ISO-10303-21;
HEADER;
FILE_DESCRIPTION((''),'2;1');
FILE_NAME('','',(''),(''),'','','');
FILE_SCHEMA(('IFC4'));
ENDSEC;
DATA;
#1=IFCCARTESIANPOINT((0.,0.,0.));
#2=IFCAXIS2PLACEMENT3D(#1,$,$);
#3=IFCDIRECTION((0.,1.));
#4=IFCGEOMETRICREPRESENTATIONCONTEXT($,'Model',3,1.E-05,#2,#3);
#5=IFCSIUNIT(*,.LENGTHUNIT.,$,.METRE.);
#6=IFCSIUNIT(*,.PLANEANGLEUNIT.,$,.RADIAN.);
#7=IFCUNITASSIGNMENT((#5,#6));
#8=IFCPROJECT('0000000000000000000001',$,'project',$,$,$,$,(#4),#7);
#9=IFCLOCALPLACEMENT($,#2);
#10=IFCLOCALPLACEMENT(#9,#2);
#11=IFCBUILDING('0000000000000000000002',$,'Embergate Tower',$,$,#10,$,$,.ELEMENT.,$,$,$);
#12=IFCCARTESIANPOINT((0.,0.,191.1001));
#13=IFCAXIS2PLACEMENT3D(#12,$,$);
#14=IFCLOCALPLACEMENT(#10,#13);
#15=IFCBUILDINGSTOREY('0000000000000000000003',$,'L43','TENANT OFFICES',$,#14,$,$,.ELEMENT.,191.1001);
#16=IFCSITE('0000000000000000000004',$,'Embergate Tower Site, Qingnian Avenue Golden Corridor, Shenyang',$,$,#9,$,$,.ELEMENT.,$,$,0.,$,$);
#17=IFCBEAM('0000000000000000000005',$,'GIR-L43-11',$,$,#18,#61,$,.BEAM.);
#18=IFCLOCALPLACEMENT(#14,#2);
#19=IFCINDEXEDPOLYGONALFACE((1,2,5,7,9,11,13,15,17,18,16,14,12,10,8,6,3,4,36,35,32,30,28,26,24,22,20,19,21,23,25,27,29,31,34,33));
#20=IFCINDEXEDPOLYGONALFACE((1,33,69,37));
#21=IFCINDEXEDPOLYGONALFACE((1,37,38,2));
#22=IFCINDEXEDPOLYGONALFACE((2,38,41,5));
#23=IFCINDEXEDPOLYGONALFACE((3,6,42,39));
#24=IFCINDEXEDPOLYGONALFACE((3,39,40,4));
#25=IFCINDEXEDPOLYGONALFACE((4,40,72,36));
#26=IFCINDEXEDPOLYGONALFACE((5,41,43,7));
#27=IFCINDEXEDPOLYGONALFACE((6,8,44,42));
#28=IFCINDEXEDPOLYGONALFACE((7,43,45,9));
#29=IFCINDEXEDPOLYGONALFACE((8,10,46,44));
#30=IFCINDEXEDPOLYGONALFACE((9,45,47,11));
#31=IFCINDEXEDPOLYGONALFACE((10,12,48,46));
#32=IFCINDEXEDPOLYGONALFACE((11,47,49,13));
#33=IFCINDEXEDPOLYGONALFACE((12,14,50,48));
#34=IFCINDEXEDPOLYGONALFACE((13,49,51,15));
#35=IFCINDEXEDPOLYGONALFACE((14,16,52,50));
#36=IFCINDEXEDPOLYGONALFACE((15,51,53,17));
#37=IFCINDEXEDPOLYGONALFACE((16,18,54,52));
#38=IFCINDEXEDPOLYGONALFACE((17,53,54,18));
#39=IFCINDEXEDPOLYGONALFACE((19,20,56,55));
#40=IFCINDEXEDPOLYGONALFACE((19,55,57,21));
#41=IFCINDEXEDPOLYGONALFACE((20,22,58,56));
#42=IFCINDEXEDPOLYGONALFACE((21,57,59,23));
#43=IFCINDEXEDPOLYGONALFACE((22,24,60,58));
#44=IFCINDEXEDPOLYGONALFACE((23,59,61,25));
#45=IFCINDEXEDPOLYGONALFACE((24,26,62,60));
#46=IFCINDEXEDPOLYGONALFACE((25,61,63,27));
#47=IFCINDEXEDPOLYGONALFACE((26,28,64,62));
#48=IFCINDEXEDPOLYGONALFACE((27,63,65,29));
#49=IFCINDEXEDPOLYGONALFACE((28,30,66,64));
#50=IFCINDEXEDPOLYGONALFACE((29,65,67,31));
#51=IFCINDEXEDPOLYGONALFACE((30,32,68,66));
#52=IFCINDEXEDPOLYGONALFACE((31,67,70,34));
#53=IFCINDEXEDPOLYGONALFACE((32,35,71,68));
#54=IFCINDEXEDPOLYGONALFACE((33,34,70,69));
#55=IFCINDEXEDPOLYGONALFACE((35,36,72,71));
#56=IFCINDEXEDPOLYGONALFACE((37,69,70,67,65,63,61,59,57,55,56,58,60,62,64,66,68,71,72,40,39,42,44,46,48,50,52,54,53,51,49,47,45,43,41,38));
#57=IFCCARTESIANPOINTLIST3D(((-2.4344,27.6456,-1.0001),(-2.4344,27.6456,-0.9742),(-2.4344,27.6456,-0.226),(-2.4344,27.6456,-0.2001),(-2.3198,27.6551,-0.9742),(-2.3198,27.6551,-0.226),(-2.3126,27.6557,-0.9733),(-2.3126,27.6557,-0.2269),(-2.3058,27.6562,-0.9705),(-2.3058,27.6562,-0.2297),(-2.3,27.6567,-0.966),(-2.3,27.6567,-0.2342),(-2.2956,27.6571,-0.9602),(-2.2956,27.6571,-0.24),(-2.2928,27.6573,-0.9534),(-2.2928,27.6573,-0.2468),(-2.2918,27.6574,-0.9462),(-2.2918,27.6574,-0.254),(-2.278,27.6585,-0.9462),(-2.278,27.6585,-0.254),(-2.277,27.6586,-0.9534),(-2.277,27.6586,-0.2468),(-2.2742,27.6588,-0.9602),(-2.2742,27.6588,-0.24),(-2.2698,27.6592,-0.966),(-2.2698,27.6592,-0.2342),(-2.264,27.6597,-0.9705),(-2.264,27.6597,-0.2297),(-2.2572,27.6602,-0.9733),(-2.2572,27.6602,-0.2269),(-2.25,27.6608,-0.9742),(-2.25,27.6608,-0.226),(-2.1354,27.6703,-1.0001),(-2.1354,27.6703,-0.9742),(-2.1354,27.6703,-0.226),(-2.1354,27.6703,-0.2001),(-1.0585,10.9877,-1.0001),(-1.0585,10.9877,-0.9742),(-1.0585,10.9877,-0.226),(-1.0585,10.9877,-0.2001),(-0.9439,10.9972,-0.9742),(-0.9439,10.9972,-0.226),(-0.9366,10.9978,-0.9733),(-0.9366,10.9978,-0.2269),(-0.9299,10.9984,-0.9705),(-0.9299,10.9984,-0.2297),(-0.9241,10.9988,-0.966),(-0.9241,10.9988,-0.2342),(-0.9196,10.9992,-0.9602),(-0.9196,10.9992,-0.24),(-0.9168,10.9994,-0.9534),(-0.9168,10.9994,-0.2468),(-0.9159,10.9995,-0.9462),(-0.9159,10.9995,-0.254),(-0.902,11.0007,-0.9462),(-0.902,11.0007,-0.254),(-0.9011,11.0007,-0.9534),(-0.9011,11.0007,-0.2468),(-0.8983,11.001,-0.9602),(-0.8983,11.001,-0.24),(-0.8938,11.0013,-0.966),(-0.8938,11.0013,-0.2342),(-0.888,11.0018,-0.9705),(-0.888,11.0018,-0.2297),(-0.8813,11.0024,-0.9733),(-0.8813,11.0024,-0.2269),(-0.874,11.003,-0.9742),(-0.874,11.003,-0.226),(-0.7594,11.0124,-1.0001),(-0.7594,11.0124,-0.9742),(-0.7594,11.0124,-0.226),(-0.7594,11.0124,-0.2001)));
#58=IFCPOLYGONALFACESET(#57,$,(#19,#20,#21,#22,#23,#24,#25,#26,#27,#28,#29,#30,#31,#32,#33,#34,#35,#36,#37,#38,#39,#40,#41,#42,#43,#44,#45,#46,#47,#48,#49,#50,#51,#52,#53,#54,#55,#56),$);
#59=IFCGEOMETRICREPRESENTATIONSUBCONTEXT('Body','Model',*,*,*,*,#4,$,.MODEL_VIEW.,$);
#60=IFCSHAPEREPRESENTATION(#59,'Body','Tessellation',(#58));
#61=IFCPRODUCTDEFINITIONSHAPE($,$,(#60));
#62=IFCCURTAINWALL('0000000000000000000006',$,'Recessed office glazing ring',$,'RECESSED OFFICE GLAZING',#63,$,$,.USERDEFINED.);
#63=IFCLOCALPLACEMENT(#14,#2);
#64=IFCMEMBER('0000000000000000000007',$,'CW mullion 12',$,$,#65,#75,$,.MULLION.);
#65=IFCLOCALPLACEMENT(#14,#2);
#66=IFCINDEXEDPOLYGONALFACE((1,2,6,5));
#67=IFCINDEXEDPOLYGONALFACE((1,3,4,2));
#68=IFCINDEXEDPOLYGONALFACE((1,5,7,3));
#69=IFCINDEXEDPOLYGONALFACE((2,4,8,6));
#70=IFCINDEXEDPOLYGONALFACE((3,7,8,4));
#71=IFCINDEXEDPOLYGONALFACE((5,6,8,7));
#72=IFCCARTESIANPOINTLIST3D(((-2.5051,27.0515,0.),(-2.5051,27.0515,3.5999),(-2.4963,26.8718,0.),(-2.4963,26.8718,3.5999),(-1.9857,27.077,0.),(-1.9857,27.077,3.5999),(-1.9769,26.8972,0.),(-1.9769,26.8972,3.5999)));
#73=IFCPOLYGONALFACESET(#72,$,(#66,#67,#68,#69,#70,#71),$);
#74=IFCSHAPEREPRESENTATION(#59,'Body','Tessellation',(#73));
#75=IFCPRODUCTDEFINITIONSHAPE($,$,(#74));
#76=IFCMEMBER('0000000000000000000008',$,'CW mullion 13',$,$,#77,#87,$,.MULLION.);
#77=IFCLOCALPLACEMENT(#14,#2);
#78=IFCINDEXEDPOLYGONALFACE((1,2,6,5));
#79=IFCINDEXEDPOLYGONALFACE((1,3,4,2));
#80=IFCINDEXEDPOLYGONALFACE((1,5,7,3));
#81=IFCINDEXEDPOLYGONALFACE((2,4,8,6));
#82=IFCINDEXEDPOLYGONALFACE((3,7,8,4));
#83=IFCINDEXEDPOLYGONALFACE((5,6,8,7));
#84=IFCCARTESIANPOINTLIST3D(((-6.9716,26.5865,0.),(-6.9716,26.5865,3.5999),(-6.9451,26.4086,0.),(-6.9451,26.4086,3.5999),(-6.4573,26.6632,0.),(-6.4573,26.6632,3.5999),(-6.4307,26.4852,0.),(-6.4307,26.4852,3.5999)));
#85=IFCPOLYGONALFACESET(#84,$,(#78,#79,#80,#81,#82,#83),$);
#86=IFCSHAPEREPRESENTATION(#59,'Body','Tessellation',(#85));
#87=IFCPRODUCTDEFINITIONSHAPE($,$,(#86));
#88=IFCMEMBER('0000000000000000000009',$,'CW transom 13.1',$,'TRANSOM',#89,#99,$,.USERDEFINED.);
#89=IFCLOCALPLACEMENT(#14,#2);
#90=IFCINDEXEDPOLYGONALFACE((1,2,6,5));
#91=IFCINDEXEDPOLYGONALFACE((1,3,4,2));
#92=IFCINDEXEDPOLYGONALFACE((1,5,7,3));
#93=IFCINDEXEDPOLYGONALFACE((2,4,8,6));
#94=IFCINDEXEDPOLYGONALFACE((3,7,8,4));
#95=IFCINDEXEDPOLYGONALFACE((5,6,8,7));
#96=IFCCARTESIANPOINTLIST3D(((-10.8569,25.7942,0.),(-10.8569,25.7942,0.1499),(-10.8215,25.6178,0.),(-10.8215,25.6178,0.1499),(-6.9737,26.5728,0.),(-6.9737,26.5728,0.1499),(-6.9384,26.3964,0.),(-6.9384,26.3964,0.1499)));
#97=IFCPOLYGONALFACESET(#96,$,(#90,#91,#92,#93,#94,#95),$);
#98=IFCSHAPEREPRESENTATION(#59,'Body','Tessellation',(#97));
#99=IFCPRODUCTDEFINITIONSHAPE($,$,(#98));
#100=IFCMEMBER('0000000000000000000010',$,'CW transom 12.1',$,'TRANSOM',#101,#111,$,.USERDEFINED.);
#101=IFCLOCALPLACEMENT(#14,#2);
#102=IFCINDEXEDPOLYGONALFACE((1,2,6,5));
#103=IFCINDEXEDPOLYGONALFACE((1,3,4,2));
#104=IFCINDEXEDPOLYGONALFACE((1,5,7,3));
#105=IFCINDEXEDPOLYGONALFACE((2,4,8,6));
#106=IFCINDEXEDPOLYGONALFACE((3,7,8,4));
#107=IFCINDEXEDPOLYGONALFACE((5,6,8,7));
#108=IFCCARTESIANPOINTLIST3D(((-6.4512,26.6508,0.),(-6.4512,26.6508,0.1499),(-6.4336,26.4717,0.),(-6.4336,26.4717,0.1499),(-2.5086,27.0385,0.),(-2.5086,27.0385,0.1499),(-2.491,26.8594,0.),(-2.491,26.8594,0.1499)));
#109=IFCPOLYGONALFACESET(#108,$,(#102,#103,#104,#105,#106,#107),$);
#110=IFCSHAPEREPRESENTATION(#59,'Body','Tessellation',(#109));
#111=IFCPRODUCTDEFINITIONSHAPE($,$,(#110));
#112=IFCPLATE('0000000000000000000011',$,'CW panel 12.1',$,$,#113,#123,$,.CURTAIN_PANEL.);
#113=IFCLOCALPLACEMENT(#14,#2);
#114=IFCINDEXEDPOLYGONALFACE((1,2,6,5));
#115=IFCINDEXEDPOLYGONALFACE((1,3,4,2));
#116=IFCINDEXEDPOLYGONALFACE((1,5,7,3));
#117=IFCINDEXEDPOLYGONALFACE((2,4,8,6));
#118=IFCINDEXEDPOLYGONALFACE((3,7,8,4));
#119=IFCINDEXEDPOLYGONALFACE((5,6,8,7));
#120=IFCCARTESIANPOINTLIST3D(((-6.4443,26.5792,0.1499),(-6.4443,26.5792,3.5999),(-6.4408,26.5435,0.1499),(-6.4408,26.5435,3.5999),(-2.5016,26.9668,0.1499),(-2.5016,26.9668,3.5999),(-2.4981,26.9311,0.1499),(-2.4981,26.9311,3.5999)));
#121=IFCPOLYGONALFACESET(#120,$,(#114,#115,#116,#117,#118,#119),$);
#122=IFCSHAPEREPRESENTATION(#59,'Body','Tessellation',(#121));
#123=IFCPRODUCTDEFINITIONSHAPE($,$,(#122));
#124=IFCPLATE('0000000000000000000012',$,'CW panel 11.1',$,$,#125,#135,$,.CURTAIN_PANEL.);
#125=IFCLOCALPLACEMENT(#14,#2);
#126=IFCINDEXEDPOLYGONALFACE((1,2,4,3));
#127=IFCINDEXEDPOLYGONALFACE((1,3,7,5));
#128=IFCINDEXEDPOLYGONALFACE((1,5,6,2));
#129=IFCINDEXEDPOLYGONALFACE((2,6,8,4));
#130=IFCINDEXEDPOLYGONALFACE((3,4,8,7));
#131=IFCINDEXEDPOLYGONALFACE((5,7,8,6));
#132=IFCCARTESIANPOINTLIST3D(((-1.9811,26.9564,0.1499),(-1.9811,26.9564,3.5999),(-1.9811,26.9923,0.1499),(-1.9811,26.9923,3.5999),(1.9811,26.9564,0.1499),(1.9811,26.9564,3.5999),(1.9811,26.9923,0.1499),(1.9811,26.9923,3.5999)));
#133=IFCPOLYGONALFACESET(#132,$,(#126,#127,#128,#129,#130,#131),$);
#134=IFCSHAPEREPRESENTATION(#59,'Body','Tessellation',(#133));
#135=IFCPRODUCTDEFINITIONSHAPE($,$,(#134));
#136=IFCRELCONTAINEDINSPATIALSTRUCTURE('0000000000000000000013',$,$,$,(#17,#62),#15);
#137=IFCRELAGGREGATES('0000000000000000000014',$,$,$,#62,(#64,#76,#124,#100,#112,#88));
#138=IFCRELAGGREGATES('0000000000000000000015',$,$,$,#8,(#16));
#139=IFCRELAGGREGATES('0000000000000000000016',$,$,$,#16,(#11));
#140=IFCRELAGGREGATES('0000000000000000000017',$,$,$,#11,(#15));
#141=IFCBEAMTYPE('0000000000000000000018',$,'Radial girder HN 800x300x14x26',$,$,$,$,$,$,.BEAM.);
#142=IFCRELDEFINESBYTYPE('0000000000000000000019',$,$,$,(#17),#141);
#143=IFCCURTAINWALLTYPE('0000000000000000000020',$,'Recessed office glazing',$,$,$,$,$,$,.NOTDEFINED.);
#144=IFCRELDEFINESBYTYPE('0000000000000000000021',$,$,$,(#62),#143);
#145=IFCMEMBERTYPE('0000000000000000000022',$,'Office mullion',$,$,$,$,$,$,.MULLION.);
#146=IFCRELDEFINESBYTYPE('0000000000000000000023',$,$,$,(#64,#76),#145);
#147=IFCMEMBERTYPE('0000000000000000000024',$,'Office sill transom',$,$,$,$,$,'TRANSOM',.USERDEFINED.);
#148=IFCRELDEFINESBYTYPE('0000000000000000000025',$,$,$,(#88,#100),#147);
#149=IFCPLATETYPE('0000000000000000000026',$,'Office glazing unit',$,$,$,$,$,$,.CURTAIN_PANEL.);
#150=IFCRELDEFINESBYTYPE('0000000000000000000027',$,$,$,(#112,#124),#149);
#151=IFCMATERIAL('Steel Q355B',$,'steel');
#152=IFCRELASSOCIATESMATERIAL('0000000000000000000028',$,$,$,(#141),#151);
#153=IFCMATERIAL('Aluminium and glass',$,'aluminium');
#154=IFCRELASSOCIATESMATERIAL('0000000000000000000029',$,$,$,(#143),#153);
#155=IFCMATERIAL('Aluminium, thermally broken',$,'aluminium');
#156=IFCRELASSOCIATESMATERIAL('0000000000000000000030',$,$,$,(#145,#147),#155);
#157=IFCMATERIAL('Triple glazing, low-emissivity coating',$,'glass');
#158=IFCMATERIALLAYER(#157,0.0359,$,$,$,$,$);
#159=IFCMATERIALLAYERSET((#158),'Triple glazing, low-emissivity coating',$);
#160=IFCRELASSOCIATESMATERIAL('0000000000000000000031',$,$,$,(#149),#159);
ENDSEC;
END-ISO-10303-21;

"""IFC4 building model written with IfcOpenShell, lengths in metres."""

from ifc_helpers import new_model, si_unit, direction, frame, origin, origin_2d, place, context, subcontext, project, spatial, rectangle, i_section, extrude, source, transform, mapped, material, layer, layer_set, material_profile, profile_set, type_object, element, aggregate, save


model = new_model("IFC4")

# Units and contexts
model_context = context("Model", 3, precision=1e-05, world=origin(), true_north=direction((0.0, 1.0)))
body_context = subcontext(model_context, "Body", "Model", "MODEL_VIEW")
ifc_project = project(units=[si_unit("LENGTHUNIT", "METRE"), si_unit("PLANEANGLEUNIT", "RADIAN")], contexts=[model_context])

# Site, building, storey
site_placement = place(None, origin())
site = spatial("IfcSite", under=ifc_project, at=site_placement, Name="Embergate Tower Site, Qingnian Avenue Golden Corridor, Shenyang", CompositionType="ELEMENT", RefElevation=0.0)
building_placement = place(site_placement, origin())
building = spatial("IfcBuilding", under=site, at=building_placement, Name="Embergate Tower", CompositionType="ELEMENT")
storey_placement = place(building_placement, frame((0.0, 0.0, 191.1001)))
storey = spatial("IfcBuildingStorey", under=building, at=storey_placement, Name="L43", Description="TENANT OFFICES", CompositionType="ELEMENT", Elevation=191.1001)

# Beam
ifc_material_1 = material(Name="Steel Q355B", Category="steel")
ifc_material_profile_1 = material_profile(ifc_material_1, i_section(OverallWidth=0.3, OverallDepth=0.8, WebThickness=0.0139, FlangeThickness=0.0259, FilletRadius=0.0281, at=origin_2d()), Name="HN 800x300x14x26")
ifc_profile_set_1 = profile_set([ifc_material_profile_1], Name="Steel Q355 grade B")
beam_type_1 = type_object("IfcBeamType", Name="Radial girder HN 800x300x14x26", PredefinedType="BEAM", material=ifc_profile_set_1)
shared_shape_1 = source(origin(), body_context, "Body", "SweptSolid", [
    extrude(i_section(OverallWidth=0.3, OverallDepth=0.8, WebThickness=0.0139, FlangeThickness=0.0259, FilletRadius=0.0281, at=origin_2d()), origin(), (0.0, 0.0, 1.0), 16.7146),
])
beam_1_placement = place(storey_placement, frame((-2.2849, 27.658, -0.6001), z_axis=(0.082321, -0.996606, 0.0), x_axis=(0.996606, 0.082321, 0.0)))
element("IfcBeam", 1, at=beam_1_placement, inside=storey, type_object=beam_type_1, Name="GIR-L43-11", PredefinedType="BEAM", context=body_context, shape_type="MappedRepresentation", body=[
    mapped(shared_shape_1, transform((0.0, 0.0, 0.0))),
])

# Curtain wall, members, plates
ifc_material_2 = material(Name="Aluminium and glass", Category="aluminium")
curtain_wall_type = type_object("IfcCurtainWallType", Name="Recessed office glazing", PredefinedType="NOTDEFINED", material=ifc_material_2)
curtain_wall_placement = place(storey_placement, origin())
curtain_wall = element("IfcCurtainWall", 2, at=curtain_wall_placement, inside=storey, type_object=curtain_wall_type, Name="Recessed office glazing ring", ObjectType="RECESSED OFFICE GLAZING", PredefinedType="USERDEFINED")
ifc_material_3 = material(Name="Aluminium, thermally broken", Category="aluminium")
ifc_material_profile_2 = material_profile(ifc_material_3, rectangle(XDim=0.1799, YDim=0.52, at=origin_2d()), Name="AL 520x180")
ifc_profile_set_2 = profile_set([ifc_material_profile_2], Name="Aluminium, thermally broken")
member_type_1 = type_object("IfcMemberType", Name="Office mullion", PredefinedType="MULLION", material=ifc_profile_set_2)
shared_shape_2 = source(origin(), body_context, "Body", "SweptSolid", [
    extrude(rectangle(XDim=0.1799, YDim=0.52, at=origin_2d()), origin(), (0.0, 0.0, 1.0), 3.5999),
])
member_1_placement = place(storey_placement, frame((-2.241, 26.9744, 0.0), z_axis=(0.0, 0.0, 1.0), x_axis=(0.04897, -0.9988, 0.0)))
member_1 = element("IfcMember", 3, at=member_1_placement, type_object=member_type_1, Name="CW mullion 12", PredefinedType="MULLION", context=body_context, shape_type="MappedRepresentation", body=[
    mapped(shared_shape_2, transform((0.0, 0.0, 0.0))),
])
member_2_placement = place(storey_placement, frame((-6.7012, 26.5359, 0.0), z_axis=(0.0, 0.0, 1.0), x_axis=(0.147411, -0.989075, 0.0)))
member_2 = element("IfcMember", 4, at=member_2_placement, type_object=member_type_1, Name="CW mullion 13", PredefinedType="MULLION", context=body_context, shape_type="MappedRepresentation", body=[
    mapped(shared_shape_2, transform((0.0, 0.0, 0.0))),
])
ifc_material_profile_3 = material_profile(ifc_material_3, rectangle(XDim=0.1799, YDim=0.1499, at=origin_2d()), Name="AL 150x180")
ifc_profile_set_3 = profile_set([ifc_material_profile_3], Name="Aluminium, thermally broken")
member_type_2 = type_object("IfcMemberType", Name="Office sill transom", ElementType="TRANSOM", PredefinedType="USERDEFINED", material=ifc_profile_set_3)
shared_shape_3 = source(origin(), body_context, "Body", "SweptSolid", [
    extrude(rectangle(XDim=0.1799, YDim=0.1499, at=origin_2d()), origin(), (0.0, 0.0, 1.0), 3.9604),
])
member_3_placement = place(storey_placement, frame((-6.9561, 26.4846, 0.075), z_axis=(-0.980486, -0.19659, 0.0), x_axis=(0.19659, -0.980486, 0.0)))
member_3 = element("IfcMember", 5, at=member_3_placement, type_object=member_type_2, Name="CW transom 13.1", ObjectType="TRANSOM", PredefinedType="USERDEFINED", context=body_context, shape_type="MappedRepresentation", body=[
    mapped(shared_shape_3, transform((0.0, 0.0, 0.0))),
])
shared_shape_4 = source(origin(), body_context, "Body", "SweptSolid", [
    extrude(rectangle(XDim=0.1799, YDim=0.1499, at=origin_2d()), origin(), (0.0, 0.0, 1.0), 3.9617),
])
member_4_placement = place(storey_placement, frame((-2.4998, 26.949, 0.075), z_axis=(-0.9952, -0.097862, 0.0), x_axis=(0.097862, -0.9952, 0.0)))
member_4 = element("IfcMember", 6, at=member_4_placement, type_object=member_type_2, Name="CW transom 12.1", ObjectType="TRANSOM", PredefinedType="USERDEFINED", context=body_context, shape_type="MappedRepresentation", body=[
    mapped(shared_shape_4, transform((0.0, 0.0, 0.0))),
])
ifc_material_4 = material(Name="Triple glazing, low-emissivity coating", Category="glass")
ifc_layer = layer(ifc_material_4, 0.0359)
ifc_layer_set = layer_set([ifc_layer], Name="Triple glazing, low-emissivity coating")
plate_type = type_object("IfcPlateType", Name="Office glazing unit", PredefinedType="CURTAIN_PANEL", material=ifc_layer_set)
shared_shape_5 = source(origin(), body_context, "Body", "SweptSolid", [
    extrude(rectangle(XDim=3.9617, YDim=0.0359, at=origin_2d()), origin(), (0.0, 0.0, 1.0), 3.45),
])
plate_1_placement = place(storey_placement, frame((-4.4712, 26.7551, 0.1499), z_axis=(0.0, 0.0, 1.0), x_axis=(-0.995203, -0.09783, 0.0)))
plate_1 = element("IfcPlate", 7, at=plate_1_placement, type_object=plate_type, Name="CW panel 12.1", PredefinedType="CURTAIN_PANEL", context=body_context, shape_type="MappedRepresentation", body=[
    mapped(shared_shape_5, transform((0.0, 0.0, 0.0))),
])
shared_shape_6 = source(origin(), body_context, "Body", "SweptSolid", [
    extrude(rectangle(XDim=3.9622, YDim=0.0359, at=origin_2d()), origin(), (0.0, 0.0, 1.0), 3.45),
])
plate_2_placement = place(storey_placement, frame((0.0, 26.9744, 0.1499), z_axis=(0.0, 0.0, 1.0), x_axis=(-1.0, 0.0, 0.0)))
plate_2 = element("IfcPlate", 8, at=plate_2_placement, type_object=plate_type, Name="CW panel 11.1", PredefinedType="CURTAIN_PANEL", context=body_context, shape_type="MappedRepresentation", body=[
    mapped(shared_shape_6, transform((0.0, 0.0, 0.0))),
])
aggregate(curtain_wall, [member_1, member_2, plate_2, member_4, plate_1, member_3])

save(model, "model.ifc")
